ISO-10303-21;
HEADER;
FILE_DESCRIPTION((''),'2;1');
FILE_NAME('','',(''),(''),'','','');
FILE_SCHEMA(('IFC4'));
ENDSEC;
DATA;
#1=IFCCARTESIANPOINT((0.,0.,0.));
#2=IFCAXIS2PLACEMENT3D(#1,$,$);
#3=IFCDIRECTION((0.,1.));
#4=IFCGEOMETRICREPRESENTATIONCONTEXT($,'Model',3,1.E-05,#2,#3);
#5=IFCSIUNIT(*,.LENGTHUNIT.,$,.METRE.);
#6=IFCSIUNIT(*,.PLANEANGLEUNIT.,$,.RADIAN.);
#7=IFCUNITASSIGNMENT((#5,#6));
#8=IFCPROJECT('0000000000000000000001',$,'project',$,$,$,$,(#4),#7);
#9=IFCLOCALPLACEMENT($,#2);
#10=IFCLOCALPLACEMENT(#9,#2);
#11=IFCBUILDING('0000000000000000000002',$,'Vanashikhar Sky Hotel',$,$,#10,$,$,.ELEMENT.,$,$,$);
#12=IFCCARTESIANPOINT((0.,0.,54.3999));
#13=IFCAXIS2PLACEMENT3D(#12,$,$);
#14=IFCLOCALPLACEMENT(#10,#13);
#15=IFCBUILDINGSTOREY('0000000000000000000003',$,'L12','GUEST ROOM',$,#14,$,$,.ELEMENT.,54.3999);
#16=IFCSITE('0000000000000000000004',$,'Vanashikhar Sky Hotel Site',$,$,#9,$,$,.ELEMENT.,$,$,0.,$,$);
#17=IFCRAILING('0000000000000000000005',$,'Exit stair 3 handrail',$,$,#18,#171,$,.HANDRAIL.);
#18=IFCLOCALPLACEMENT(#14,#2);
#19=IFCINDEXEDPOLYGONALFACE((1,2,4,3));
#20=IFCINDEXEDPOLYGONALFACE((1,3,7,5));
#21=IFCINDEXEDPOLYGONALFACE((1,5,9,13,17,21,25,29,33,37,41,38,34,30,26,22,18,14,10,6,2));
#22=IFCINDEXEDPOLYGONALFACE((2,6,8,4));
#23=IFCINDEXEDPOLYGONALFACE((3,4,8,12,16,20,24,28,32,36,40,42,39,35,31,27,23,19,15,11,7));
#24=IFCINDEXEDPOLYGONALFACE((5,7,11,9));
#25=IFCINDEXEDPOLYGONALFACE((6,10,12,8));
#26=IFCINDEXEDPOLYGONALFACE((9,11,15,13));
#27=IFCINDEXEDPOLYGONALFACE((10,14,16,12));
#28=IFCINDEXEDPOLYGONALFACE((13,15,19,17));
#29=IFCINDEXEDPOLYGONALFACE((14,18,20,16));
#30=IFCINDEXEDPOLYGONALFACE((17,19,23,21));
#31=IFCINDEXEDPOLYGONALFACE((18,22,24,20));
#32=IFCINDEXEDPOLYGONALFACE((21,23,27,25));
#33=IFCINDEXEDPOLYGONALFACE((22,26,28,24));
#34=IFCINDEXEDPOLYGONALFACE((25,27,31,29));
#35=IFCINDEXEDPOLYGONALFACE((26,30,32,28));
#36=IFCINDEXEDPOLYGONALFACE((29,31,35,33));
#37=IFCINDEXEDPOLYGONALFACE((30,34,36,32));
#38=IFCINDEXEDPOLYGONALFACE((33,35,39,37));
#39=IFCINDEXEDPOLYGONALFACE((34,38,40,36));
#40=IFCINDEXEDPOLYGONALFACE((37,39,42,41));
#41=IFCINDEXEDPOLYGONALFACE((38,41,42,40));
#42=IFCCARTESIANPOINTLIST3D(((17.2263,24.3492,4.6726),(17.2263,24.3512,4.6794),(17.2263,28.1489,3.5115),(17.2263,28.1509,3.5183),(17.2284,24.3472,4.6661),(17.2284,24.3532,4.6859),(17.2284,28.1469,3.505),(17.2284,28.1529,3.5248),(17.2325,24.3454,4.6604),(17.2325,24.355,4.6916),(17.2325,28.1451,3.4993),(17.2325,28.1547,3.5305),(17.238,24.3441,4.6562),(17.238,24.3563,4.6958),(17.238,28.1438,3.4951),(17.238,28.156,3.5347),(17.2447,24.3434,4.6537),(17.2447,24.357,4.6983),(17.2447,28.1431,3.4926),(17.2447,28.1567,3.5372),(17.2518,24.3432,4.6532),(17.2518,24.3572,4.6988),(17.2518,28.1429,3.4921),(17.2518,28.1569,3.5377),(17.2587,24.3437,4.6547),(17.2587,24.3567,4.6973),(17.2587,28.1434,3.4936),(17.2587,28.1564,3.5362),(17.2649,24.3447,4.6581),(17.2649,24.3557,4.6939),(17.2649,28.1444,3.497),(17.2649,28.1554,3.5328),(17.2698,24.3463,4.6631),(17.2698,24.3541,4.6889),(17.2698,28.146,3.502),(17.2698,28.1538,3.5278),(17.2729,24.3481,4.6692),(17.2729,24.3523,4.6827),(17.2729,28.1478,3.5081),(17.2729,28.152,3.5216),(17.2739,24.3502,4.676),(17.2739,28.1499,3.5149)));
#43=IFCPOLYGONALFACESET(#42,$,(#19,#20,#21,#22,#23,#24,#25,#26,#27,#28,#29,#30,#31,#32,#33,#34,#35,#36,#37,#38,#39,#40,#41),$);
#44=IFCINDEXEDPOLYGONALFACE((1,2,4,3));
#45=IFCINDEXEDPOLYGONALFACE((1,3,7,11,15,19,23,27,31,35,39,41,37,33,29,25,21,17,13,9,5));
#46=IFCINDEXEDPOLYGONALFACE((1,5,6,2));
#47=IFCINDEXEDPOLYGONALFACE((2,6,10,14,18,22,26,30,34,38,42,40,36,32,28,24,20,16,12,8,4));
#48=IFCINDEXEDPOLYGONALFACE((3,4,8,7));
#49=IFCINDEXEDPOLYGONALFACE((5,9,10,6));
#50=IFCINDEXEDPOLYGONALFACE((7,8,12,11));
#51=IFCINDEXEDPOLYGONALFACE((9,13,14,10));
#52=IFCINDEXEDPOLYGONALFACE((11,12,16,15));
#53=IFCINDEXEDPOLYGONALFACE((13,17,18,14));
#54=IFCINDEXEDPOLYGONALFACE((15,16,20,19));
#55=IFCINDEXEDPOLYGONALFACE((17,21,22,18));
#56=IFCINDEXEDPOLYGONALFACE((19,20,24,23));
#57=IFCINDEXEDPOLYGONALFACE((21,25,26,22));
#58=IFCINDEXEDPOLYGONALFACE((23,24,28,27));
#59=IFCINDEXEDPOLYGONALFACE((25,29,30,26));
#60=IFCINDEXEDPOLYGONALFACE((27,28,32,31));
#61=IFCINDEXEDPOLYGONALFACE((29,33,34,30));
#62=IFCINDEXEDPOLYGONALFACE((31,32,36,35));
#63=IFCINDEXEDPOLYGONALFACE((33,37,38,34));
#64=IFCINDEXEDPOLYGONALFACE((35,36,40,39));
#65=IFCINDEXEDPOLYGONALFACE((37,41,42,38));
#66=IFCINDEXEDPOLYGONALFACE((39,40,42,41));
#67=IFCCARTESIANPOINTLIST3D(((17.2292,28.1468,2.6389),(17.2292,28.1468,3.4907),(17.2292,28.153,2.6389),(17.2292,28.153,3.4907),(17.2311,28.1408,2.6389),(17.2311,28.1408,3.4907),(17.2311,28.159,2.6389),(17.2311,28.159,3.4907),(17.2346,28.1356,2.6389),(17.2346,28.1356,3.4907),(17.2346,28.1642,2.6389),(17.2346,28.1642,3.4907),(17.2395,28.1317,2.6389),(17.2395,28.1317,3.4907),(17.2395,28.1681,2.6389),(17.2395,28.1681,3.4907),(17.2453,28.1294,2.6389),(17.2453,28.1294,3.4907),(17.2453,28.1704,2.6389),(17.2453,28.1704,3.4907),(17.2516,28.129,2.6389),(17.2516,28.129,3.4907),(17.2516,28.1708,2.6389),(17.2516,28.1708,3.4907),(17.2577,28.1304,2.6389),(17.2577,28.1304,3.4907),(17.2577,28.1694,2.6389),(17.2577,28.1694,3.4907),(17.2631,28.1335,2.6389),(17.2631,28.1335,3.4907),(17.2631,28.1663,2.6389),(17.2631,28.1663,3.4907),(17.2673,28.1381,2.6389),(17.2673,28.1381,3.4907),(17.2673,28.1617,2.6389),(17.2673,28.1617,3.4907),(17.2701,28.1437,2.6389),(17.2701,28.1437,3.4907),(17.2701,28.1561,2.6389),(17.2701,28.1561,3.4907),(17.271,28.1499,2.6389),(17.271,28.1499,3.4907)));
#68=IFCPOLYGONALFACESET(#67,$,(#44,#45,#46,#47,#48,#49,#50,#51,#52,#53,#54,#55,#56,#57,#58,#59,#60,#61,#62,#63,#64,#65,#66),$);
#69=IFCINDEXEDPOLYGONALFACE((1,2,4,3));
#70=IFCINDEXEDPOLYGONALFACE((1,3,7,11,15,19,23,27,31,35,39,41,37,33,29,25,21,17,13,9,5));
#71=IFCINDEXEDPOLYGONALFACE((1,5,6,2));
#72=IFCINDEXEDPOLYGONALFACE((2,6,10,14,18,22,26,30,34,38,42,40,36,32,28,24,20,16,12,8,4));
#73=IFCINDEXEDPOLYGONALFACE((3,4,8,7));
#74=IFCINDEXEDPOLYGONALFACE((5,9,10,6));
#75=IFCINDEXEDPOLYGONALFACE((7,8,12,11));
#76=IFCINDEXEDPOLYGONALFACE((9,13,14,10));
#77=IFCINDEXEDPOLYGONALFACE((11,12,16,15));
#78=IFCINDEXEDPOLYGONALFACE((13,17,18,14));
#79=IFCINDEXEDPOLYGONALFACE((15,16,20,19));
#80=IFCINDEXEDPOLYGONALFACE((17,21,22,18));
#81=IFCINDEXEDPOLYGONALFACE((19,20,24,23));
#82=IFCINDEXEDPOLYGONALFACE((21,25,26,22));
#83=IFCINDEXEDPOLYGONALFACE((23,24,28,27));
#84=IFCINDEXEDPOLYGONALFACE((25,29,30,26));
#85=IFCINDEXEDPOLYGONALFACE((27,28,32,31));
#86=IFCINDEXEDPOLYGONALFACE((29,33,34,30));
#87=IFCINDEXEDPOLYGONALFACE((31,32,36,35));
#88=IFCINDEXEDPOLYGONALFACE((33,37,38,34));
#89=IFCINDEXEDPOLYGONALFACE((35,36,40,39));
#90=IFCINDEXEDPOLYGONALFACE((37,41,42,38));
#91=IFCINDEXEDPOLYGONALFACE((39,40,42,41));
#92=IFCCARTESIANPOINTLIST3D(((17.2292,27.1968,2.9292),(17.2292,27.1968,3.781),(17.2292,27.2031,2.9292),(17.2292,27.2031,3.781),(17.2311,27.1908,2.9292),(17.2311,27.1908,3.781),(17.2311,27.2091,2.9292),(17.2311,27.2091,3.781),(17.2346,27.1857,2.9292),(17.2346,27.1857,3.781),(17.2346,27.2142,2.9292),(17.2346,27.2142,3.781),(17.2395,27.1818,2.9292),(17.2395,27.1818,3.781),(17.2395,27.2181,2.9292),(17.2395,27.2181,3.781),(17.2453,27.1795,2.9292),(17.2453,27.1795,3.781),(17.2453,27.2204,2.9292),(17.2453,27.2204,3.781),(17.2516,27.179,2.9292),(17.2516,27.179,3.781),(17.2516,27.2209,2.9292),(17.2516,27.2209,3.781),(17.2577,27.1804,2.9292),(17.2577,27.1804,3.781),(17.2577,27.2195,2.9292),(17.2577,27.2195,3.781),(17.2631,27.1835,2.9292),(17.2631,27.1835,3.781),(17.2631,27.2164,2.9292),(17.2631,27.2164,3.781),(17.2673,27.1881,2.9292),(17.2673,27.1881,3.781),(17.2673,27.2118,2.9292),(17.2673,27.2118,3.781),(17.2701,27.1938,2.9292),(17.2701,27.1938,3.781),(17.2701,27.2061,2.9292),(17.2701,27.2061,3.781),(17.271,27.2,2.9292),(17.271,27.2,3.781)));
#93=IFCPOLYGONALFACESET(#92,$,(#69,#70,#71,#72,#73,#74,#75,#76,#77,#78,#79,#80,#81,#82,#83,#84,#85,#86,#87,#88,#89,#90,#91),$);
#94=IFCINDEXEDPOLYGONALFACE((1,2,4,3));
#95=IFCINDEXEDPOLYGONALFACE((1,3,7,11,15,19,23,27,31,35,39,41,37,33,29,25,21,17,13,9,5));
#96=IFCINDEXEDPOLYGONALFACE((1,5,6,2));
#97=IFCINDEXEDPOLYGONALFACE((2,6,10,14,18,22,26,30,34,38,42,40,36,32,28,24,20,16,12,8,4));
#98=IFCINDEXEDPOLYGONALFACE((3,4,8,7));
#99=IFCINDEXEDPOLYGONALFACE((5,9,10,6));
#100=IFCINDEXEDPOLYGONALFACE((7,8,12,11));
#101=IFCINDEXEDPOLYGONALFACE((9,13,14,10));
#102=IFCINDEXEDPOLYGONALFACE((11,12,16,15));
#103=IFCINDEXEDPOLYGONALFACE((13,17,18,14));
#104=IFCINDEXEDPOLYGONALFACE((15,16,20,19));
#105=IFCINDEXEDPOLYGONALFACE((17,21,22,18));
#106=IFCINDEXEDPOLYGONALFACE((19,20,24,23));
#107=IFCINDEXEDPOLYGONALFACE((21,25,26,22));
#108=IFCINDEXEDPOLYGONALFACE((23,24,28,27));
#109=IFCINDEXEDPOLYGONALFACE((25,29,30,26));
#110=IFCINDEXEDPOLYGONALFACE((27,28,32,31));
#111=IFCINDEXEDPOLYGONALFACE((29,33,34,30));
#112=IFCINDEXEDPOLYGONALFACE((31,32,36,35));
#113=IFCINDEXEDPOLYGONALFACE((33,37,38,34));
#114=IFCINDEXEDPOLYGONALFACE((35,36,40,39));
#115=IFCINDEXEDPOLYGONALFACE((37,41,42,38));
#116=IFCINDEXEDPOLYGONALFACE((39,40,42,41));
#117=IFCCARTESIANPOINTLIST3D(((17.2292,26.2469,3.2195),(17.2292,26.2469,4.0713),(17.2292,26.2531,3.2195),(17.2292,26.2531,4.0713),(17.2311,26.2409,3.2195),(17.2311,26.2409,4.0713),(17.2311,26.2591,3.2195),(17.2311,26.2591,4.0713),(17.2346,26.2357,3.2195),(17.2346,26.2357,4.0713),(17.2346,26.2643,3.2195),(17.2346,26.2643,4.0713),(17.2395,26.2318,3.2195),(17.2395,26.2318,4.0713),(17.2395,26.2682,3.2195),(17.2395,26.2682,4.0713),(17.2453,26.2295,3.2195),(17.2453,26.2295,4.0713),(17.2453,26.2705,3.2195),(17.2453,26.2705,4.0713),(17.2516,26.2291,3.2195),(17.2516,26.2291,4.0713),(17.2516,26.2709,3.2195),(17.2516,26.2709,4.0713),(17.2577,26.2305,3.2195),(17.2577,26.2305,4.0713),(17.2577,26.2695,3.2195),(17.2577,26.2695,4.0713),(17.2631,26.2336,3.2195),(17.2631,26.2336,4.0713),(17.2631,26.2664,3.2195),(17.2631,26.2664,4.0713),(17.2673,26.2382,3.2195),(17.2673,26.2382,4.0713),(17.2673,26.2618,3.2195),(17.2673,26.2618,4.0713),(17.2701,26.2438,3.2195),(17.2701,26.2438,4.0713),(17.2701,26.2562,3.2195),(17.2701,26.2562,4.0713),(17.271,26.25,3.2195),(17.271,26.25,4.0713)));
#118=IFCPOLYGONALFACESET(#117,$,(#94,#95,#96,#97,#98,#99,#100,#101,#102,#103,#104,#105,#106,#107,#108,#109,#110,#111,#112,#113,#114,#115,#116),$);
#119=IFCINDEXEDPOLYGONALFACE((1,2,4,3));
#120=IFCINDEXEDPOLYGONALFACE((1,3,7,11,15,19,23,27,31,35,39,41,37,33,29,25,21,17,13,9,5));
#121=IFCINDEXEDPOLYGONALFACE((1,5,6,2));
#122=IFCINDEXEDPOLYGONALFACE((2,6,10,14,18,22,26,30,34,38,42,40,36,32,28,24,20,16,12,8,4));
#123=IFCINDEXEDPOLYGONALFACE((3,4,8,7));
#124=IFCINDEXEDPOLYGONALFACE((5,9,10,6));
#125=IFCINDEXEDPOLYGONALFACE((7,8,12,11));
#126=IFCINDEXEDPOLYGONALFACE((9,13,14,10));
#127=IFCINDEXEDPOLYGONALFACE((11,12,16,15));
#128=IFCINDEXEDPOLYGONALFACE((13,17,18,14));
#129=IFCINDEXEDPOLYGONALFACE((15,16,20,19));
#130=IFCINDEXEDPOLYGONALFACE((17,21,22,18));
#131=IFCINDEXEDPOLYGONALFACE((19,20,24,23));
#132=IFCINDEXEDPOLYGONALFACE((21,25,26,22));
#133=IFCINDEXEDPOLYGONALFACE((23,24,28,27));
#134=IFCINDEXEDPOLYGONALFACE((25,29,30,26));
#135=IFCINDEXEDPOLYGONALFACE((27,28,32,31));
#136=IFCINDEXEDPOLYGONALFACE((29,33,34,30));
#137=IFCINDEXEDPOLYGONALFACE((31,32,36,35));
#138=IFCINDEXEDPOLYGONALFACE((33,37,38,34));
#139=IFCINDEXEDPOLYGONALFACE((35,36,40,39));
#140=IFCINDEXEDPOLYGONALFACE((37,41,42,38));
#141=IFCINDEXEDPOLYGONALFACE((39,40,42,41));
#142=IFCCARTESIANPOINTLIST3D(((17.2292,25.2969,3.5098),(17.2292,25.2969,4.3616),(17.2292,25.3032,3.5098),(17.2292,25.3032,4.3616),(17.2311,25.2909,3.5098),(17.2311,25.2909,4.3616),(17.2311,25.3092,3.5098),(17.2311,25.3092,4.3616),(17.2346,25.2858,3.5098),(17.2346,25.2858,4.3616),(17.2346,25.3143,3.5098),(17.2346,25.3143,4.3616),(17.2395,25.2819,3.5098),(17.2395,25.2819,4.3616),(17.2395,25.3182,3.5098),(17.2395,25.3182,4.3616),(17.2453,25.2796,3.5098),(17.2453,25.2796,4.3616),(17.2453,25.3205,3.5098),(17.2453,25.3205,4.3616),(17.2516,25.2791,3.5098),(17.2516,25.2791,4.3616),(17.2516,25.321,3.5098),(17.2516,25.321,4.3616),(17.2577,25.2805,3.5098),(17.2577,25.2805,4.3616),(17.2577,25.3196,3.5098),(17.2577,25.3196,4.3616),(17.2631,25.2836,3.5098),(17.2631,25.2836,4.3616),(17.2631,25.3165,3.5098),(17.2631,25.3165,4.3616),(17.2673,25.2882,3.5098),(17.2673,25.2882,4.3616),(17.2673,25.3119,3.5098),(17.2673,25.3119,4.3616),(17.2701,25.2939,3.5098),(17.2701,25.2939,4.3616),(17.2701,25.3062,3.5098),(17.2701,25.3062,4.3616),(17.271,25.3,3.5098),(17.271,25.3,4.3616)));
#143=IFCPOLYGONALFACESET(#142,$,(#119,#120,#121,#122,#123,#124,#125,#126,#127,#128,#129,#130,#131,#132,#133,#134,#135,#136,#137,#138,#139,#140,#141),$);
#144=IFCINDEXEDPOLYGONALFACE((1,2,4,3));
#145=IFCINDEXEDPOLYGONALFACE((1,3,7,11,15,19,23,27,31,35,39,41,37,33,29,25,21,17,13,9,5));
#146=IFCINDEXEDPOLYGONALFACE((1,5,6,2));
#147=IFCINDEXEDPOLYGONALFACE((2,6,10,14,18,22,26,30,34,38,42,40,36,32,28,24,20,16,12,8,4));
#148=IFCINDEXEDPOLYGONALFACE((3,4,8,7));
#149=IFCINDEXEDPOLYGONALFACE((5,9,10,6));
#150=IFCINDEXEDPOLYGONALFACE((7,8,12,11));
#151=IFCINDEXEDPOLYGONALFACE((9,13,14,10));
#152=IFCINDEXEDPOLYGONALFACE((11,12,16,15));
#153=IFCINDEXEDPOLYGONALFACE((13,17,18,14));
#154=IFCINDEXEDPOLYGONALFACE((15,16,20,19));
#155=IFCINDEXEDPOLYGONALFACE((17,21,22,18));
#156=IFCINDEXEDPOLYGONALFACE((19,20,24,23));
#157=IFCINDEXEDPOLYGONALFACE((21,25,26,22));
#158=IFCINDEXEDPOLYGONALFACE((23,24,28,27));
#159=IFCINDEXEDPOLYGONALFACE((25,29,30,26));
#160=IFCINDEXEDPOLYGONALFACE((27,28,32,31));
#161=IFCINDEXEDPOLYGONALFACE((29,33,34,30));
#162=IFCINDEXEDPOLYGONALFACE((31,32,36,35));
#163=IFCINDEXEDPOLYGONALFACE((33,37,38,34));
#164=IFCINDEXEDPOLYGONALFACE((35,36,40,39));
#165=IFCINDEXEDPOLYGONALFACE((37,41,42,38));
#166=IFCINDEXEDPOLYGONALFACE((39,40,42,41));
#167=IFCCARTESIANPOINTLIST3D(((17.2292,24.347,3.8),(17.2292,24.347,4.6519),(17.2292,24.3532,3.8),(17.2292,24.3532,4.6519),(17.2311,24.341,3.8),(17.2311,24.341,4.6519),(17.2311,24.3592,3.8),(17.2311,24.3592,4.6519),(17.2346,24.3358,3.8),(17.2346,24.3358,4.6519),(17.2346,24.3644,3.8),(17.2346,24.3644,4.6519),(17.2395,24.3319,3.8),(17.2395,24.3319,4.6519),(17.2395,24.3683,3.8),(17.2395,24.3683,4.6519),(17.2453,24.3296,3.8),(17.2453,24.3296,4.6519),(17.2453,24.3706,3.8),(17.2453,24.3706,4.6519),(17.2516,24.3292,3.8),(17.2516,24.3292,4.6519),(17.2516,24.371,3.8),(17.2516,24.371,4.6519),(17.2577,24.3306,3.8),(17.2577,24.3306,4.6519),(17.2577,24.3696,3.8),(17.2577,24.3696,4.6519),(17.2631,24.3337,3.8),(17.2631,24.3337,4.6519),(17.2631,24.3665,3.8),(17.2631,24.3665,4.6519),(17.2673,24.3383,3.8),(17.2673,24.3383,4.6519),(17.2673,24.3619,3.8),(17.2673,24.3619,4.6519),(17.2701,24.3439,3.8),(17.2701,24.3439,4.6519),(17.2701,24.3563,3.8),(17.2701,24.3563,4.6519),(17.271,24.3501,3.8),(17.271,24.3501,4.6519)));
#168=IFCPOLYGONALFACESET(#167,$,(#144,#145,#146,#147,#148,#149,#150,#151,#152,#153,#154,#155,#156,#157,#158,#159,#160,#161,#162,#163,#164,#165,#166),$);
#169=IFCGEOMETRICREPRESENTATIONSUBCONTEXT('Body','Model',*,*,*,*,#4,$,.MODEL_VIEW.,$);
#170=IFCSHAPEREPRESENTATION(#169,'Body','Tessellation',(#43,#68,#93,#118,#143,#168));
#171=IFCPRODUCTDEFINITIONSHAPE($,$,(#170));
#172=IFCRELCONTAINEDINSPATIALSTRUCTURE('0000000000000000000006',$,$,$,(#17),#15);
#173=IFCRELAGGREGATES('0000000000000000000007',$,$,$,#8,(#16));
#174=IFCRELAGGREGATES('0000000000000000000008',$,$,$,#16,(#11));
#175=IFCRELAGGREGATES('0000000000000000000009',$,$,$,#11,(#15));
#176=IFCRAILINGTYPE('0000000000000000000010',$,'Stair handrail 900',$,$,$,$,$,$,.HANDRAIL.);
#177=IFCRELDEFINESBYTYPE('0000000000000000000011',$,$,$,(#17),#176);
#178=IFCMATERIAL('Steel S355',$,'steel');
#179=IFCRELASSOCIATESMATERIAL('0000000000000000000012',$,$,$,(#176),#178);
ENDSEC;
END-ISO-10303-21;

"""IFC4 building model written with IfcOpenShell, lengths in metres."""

from ifc_helpers import new_model, si_unit, direction, frame, origin, origin_2d, place, context, subcontext, project, spatial, circle, extrude, source, transform, mapped, material, type_object, element, save


model = new_model("IFC4")

# Units and contexts
model_context = context("Model", 3, precision=1e-05, world=origin(), true_north=direction((0.0, 1.0)))
body_context = subcontext(model_context, "Body", "Model", "MODEL_VIEW")
ifc_project = project(units=[si_unit("LENGTHUNIT", "METRE"), si_unit("PLANEANGLEUNIT", "RADIAN")], contexts=[model_context])

# Site, building, storey
site_placement = place(None, origin())
site = spatial("IfcSite", under=ifc_project, at=site_placement, Name="Vanashikhar Sky Hotel Site", CompositionType="ELEMENT", RefElevation=0.0)
building_placement = place(site_placement, origin())
building = spatial("IfcBuilding", under=site, at=building_placement, Name="Vanashikhar Sky Hotel", CompositionType="ELEMENT")
storey_placement = place(building_placement, frame((0.0, 0.0, 54.3999)))
storey = spatial("IfcBuildingStorey", under=building, at=storey_placement, Name="L12", Description="GUEST ROOM", CompositionType="ELEMENT", Elevation=54.3999)

# Railing
ifc_material_1 = material(Name="Steel S355", Category="steel")
railing_type = type_object("IfcRailingType", Name="Stair handrail 900", PredefinedType="HANDRAIL", material=ifc_material_1)
shared_shape_1 = source(origin(), body_context, "Body", "SweptSolid", [
    extrude(circle(Radius=0.0239, at=origin_2d()), frame((0.0, 0.0, 0.876), z_axis=(0.0, -0.956346, 0.292237), x_axis=(1.0, 0.0, 0.0)), (0.0, 0.0, 1.0), 3.9731),
    extrude(circle(Radius=0.021, at=origin_2d()), origin(), (0.0, 0.0, 1.0), 0.8518),
    extrude(circle(Radius=0.021, at=origin_2d()), frame((0.0, -0.95, 0.2903)), (0.0, 0.0, 1.0), 0.8518),
    extrude(circle(Radius=0.021, at=origin_2d()), frame((0.0, -1.8999, 0.5806)), (0.0, 0.0, 1.0), 0.8518),
    extrude(circle(Radius=0.021, at=origin_2d()), frame((0.0, -2.8499, 0.8708)), (0.0, 0.0, 1.0), 0.8518),
    extrude(circle(Radius=0.021, at=origin_2d()), frame((0.0, -3.7998, 1.1611)), (0.0, 0.0, 1.0), 0.8518),
])
for number, where, name in (
    (1, (17.25, 28.1499, 2.6389), "Exit stair 3 handrail"),
):
    element("IfcRailing", number, at=place(storey_placement, frame(where)), inside=storey, type_object=railing_type, Name=name, PredefinedType="HANDRAIL", context=body_context, shape_type="MappedRepresentation", body=[
        mapped(shared_shape_1, transform((0.0, 0.0, 0.0), scale=1.0)),
    ])

save(model, "model.ifc")
